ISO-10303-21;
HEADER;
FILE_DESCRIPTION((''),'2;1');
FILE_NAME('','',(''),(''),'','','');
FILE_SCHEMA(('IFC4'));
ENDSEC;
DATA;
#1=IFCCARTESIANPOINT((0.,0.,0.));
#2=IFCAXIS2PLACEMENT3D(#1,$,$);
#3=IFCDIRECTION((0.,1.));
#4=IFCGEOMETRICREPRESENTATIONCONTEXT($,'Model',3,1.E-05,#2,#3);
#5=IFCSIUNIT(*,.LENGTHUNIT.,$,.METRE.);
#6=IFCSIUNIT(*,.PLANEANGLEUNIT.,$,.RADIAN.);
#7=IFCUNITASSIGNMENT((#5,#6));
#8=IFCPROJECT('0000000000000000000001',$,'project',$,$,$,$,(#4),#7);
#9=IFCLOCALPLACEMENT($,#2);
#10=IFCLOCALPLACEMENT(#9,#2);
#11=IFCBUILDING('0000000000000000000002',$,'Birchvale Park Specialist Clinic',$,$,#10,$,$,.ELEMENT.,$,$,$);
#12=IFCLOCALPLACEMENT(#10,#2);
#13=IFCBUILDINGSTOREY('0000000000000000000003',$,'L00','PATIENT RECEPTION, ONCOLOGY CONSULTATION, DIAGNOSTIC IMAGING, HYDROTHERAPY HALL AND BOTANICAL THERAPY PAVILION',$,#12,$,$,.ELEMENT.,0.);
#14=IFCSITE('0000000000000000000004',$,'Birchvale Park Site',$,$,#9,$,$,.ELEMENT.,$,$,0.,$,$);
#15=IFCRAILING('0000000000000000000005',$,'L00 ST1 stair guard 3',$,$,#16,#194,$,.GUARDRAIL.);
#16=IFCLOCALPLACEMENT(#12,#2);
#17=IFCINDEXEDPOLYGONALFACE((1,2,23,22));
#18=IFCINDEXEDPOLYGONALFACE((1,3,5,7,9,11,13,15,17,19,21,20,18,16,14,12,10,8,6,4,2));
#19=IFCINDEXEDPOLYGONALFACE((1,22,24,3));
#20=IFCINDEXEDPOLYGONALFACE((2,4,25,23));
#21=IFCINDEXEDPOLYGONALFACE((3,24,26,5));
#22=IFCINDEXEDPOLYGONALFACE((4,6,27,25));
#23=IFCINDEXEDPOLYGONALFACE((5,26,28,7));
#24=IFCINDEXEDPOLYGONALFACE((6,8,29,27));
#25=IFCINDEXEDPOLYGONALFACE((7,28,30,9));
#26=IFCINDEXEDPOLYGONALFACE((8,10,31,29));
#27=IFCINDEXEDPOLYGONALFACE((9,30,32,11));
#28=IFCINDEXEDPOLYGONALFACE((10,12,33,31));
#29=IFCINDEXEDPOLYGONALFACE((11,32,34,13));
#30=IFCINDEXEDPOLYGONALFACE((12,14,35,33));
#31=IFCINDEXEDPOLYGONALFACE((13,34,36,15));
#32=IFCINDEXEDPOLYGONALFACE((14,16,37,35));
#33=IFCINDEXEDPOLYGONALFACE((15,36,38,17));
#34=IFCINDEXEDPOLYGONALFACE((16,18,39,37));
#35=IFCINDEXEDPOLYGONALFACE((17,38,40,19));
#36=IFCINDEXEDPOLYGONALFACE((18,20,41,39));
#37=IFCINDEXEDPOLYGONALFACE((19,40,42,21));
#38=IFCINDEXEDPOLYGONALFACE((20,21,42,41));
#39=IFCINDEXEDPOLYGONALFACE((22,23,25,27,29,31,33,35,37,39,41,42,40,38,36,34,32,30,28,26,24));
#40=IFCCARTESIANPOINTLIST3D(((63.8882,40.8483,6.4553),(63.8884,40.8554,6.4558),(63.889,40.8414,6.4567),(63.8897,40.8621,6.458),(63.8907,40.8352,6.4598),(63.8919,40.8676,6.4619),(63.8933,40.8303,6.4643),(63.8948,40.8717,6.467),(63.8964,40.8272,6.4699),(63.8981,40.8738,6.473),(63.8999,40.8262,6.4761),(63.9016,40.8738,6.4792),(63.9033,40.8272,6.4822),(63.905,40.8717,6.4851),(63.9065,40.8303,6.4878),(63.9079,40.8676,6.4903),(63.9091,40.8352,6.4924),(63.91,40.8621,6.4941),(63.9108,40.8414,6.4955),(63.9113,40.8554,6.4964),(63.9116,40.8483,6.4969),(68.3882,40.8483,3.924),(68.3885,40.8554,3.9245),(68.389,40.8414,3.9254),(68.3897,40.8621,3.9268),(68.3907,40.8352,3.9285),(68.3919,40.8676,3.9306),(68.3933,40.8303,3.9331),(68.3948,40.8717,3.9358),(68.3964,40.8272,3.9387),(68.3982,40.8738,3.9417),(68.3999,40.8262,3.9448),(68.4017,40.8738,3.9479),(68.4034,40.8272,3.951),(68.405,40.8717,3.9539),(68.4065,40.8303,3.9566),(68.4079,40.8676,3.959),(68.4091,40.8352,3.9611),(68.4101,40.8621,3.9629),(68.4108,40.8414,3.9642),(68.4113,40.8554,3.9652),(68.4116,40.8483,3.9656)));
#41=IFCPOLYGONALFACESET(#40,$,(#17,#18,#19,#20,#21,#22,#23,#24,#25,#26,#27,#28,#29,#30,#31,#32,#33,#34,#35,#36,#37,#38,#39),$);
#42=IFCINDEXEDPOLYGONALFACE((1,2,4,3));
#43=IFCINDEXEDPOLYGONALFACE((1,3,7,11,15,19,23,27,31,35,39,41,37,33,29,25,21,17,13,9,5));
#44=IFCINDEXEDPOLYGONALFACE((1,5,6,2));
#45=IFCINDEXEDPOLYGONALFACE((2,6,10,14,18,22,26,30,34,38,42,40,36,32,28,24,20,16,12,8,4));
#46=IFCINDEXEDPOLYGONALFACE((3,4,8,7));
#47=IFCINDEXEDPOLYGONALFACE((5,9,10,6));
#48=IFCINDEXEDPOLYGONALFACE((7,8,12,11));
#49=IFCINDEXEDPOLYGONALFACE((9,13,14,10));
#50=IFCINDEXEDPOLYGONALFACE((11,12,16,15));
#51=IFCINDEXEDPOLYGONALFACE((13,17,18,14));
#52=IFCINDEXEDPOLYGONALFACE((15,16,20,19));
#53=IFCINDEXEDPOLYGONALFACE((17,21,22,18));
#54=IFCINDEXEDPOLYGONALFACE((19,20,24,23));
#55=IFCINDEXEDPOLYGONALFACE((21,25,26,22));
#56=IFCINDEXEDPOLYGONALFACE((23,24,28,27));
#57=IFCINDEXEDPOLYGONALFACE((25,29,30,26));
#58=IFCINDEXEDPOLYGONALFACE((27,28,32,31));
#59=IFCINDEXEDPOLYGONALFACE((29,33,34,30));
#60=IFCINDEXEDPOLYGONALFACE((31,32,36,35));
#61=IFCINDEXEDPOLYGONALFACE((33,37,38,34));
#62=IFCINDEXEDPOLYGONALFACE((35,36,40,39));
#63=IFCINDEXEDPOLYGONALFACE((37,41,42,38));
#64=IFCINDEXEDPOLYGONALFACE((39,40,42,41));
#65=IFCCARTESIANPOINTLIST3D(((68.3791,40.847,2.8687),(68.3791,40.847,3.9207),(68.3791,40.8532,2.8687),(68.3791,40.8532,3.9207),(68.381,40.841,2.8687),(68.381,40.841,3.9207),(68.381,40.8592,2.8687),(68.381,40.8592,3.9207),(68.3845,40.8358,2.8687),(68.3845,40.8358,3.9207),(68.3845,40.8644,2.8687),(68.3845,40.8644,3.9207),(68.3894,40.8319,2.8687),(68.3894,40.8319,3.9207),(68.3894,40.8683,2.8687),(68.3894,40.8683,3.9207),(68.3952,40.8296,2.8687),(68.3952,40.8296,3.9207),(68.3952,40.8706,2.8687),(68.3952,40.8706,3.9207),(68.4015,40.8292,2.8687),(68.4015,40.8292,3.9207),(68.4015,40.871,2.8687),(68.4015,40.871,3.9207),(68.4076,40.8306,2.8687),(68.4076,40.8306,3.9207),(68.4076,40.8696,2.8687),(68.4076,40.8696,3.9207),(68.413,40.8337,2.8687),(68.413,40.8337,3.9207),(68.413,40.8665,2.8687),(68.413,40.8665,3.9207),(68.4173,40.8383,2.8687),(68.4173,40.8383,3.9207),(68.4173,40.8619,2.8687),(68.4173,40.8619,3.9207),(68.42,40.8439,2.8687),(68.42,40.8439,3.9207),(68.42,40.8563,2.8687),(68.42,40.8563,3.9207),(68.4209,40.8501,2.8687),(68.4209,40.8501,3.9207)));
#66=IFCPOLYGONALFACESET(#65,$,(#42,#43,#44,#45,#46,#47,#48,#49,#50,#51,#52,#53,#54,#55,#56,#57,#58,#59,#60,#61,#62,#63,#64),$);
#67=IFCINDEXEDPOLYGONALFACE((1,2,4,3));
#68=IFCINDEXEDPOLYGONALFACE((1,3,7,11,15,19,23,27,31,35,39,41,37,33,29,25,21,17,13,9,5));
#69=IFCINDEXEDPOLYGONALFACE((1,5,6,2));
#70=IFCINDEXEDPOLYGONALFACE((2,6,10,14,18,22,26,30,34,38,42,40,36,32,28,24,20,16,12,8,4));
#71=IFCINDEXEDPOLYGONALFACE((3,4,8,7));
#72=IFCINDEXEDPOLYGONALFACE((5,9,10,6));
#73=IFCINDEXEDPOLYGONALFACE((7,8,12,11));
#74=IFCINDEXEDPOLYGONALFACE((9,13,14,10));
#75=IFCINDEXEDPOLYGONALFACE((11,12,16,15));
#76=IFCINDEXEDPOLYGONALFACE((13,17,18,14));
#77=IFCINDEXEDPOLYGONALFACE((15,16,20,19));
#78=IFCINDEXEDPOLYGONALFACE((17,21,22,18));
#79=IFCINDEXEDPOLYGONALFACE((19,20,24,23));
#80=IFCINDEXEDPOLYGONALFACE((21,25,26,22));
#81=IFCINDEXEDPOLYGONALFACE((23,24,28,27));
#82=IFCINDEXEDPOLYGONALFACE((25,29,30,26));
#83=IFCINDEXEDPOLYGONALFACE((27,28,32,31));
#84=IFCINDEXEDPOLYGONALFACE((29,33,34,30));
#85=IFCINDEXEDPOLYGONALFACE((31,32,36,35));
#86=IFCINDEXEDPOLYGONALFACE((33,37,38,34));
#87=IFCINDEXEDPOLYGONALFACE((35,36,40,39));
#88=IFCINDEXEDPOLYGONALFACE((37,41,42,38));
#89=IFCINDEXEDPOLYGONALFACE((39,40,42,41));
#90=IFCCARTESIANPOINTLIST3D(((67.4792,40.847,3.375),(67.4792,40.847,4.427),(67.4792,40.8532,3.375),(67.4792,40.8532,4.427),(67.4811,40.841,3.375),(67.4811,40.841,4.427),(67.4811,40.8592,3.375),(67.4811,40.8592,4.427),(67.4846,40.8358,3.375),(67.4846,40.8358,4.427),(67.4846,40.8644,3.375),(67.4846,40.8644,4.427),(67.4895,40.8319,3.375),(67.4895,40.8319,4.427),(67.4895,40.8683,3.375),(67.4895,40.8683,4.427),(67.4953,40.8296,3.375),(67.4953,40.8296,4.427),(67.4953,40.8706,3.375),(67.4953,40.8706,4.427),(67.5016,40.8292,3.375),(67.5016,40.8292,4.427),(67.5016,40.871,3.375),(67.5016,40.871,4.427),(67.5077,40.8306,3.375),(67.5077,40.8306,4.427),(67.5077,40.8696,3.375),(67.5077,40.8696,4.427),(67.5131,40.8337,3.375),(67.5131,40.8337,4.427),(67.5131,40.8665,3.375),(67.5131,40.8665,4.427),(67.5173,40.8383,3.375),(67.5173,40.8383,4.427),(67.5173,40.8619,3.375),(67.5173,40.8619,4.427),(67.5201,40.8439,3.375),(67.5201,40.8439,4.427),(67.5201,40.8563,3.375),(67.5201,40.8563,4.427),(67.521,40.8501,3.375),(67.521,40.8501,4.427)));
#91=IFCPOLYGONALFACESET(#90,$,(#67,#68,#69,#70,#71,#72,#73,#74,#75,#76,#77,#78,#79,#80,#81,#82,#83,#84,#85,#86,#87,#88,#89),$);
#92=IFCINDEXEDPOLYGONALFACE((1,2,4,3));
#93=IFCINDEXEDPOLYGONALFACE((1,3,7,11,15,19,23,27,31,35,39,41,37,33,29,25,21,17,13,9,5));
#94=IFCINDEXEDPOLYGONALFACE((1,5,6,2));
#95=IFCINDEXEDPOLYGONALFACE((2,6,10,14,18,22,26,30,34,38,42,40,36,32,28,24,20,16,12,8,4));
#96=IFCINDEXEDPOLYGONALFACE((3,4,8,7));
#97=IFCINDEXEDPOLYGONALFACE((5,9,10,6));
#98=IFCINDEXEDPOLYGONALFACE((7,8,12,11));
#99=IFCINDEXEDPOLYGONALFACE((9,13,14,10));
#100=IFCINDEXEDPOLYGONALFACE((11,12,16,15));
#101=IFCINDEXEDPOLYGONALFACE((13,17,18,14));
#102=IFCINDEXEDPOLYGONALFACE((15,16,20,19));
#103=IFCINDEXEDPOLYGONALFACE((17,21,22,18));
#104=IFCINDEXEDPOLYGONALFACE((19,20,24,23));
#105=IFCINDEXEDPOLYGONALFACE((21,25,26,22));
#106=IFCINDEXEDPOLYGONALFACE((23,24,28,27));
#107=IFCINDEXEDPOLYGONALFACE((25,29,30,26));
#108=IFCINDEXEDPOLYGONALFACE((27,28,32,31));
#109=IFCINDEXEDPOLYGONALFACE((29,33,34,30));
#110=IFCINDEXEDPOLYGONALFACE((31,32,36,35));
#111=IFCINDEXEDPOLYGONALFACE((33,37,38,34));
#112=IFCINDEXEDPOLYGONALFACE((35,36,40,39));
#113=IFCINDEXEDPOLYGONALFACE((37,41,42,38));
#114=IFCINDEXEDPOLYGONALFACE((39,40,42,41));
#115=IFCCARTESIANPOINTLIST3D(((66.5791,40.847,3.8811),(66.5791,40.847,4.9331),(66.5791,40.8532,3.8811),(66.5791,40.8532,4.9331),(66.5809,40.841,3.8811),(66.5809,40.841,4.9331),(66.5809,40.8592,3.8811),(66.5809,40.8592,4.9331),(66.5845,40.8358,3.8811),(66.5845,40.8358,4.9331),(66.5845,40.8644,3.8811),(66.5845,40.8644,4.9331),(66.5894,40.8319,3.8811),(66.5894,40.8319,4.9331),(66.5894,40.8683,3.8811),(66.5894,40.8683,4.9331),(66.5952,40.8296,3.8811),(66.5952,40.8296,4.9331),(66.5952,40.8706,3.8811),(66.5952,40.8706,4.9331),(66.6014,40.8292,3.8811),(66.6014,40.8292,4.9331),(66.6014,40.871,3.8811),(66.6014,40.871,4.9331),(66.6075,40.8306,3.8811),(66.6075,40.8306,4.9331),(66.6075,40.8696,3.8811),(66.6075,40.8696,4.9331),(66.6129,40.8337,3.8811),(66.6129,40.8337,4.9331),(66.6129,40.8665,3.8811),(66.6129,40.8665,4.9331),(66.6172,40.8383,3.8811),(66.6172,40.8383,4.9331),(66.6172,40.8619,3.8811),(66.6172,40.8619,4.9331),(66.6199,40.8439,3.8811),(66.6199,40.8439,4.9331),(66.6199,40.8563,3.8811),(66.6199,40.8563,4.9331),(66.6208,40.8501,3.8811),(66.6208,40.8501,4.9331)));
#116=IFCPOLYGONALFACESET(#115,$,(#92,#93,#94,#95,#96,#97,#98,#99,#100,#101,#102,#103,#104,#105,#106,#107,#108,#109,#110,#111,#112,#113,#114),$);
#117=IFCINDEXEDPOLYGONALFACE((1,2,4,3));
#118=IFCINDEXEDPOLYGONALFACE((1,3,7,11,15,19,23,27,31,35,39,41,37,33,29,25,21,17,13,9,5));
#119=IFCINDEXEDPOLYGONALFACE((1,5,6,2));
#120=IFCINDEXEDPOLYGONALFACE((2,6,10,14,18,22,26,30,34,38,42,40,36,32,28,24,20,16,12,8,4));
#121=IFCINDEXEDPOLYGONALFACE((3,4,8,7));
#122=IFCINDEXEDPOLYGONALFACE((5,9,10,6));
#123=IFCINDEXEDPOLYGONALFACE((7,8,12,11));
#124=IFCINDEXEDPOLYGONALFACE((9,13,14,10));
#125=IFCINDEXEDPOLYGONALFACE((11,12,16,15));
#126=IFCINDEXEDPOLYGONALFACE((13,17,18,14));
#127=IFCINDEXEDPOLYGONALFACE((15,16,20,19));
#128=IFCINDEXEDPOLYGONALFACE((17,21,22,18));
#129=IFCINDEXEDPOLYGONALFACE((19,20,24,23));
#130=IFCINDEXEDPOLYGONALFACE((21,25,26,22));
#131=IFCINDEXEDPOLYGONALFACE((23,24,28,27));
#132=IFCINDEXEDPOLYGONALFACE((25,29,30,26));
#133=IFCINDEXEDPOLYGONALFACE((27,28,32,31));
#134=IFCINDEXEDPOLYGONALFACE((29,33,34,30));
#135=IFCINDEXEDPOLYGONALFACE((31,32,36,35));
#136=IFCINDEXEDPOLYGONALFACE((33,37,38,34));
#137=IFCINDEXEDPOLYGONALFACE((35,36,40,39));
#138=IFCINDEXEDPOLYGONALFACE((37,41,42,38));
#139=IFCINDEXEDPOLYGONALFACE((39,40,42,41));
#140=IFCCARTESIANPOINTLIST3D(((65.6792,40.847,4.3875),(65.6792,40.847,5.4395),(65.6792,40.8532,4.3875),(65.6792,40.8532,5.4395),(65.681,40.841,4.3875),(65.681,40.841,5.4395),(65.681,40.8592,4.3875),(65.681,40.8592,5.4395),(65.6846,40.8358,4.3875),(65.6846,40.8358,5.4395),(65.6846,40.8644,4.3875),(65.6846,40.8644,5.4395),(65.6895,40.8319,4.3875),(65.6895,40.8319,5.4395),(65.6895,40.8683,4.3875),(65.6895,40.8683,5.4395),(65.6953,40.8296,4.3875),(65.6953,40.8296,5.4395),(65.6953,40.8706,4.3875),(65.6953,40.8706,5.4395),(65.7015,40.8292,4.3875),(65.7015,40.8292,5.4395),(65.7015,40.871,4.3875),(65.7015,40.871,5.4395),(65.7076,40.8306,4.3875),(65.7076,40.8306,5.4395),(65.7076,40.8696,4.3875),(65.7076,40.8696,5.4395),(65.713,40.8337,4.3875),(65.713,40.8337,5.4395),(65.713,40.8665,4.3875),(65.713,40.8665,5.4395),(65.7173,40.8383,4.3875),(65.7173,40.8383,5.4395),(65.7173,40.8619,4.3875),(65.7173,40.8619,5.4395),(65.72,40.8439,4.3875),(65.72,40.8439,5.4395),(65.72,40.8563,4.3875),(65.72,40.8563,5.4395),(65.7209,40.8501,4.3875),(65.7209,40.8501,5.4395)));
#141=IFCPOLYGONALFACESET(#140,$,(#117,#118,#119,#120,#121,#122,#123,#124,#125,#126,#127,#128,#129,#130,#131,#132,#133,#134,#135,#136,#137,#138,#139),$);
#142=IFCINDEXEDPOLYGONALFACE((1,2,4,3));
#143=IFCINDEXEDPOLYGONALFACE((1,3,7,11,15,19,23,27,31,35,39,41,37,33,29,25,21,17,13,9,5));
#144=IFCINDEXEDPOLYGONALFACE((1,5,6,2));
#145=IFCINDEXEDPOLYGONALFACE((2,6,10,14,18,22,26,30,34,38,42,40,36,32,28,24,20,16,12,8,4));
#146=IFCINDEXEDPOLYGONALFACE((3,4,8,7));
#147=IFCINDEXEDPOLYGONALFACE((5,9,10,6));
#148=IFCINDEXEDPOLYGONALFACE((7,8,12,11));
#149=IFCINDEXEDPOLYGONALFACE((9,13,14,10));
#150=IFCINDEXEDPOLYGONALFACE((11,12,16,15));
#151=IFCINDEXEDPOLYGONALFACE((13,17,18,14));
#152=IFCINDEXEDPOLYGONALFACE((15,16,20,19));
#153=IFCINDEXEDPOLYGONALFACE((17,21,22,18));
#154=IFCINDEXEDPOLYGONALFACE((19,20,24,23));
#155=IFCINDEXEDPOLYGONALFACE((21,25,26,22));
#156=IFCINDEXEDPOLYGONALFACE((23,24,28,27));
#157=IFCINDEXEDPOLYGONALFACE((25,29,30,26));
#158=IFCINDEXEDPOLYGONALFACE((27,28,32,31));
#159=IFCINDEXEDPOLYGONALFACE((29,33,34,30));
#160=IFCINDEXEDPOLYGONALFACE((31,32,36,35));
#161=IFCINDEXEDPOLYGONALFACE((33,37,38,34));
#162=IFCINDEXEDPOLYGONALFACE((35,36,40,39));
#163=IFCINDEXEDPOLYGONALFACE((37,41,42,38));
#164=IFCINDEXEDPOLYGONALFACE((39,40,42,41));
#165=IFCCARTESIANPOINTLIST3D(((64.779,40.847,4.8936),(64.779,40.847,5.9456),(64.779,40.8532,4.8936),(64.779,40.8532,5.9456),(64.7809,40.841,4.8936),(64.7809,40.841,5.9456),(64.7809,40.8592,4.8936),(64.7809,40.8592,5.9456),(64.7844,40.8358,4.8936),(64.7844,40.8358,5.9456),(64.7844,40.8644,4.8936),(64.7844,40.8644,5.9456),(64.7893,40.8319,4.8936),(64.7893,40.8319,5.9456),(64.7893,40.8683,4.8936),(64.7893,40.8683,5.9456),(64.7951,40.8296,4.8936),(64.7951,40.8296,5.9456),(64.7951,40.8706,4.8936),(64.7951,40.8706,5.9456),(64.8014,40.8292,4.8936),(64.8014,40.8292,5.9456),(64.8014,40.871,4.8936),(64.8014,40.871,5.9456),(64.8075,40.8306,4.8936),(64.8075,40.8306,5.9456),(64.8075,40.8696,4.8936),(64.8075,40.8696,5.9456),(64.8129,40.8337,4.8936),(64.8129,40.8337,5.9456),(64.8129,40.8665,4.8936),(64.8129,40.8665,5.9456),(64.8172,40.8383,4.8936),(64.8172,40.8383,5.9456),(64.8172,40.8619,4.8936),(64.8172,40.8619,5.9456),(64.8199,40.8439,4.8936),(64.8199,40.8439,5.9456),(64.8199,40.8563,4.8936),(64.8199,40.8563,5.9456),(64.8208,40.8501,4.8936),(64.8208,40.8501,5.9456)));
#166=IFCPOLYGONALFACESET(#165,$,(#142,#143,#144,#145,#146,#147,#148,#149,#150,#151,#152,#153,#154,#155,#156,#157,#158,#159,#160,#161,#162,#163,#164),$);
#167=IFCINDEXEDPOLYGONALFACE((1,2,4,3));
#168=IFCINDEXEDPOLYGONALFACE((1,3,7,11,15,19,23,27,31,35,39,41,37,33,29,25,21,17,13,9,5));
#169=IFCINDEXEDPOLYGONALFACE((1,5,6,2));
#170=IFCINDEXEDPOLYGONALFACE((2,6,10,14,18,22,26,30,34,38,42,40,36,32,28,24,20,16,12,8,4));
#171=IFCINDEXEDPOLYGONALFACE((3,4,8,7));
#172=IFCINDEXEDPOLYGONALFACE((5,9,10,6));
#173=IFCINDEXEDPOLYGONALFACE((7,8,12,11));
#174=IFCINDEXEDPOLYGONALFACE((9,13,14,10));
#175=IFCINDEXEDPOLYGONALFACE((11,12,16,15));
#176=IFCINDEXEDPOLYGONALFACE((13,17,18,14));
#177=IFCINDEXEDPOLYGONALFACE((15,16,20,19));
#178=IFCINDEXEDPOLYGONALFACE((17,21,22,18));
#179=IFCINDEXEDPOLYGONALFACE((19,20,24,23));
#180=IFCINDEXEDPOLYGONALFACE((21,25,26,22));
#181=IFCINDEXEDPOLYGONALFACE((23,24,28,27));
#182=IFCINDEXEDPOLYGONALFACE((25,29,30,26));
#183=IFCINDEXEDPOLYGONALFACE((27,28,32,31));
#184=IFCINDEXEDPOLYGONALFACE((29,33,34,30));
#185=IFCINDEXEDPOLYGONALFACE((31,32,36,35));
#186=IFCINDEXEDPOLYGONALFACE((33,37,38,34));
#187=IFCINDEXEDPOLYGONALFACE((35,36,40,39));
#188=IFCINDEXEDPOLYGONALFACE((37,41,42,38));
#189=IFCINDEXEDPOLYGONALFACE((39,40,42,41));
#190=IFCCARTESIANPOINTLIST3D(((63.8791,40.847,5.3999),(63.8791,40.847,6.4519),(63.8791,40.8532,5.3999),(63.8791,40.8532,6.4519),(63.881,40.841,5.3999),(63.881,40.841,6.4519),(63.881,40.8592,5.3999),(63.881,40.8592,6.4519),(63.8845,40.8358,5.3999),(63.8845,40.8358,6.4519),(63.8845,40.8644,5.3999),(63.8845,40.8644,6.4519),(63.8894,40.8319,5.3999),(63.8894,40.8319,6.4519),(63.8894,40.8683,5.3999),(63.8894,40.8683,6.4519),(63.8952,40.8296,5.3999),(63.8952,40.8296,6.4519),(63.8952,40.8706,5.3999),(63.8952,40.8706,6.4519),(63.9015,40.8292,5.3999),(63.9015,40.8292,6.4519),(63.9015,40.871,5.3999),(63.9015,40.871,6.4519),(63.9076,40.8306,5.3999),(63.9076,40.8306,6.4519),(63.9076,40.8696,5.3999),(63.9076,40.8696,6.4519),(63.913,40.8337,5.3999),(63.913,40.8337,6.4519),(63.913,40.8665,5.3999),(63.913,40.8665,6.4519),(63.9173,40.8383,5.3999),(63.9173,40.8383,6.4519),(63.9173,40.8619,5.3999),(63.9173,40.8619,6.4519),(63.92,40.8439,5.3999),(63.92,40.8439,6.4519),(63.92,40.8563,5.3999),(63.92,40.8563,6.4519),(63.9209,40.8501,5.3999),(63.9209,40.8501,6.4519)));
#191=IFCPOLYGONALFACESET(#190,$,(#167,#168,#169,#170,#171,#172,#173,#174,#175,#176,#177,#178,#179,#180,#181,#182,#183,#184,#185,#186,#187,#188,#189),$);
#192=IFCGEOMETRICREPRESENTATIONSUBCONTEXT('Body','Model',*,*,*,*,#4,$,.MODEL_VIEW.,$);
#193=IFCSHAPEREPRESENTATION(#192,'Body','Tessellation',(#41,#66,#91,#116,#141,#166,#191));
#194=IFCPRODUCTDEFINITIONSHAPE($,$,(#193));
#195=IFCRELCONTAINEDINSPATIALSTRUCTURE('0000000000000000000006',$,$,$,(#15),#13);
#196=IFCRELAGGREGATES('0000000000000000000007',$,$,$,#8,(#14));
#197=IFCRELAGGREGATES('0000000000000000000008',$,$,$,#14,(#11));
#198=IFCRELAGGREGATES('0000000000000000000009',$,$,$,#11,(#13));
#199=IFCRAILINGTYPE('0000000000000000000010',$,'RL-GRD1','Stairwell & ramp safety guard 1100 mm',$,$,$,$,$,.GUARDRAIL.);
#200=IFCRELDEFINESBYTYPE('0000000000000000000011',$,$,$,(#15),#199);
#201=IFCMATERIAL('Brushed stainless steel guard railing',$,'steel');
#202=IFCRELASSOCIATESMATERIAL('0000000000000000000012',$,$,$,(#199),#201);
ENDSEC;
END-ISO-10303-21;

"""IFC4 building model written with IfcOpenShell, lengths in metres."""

from ifc_helpers import new_model, si_unit, direction, frame, origin, origin_2d, place, context, subcontext, project, spatial, circle, extrude, material, type_object, element, save


model = new_model("IFC4")

# Units and contexts
model_context = context("Model", 3, precision=1e-05, world=origin(), true_north=direction((0.0, 1.0)))
body_context = subcontext(model_context, "Body", "Model", "MODEL_VIEW")
ifc_project = project(units=[si_unit("LENGTHUNIT", "METRE"), si_unit("PLANEANGLEUNIT", "RADIAN")], contexts=[model_context])

# Site, building, storey
site_placement = place(None, origin())
site = spatial("IfcSite", under=ifc_project, at=site_placement, Name="Birchvale Park Site", CompositionType="ELEMENT", RefElevation=0.0)
building_placement = place(site_placement, origin())
building = spatial("IfcBuilding", under=site, at=building_placement, Name="Birchvale Park Specialist Clinic", CompositionType="ELEMENT")
storey_placement = place(building_placement, origin())
storey = spatial("IfcBuildingStorey", under=building, at=storey_placement, Name="L00", Description="PATIENT RECEPTION, ONCOLOGY CONSULTATION, DIAGNOSTIC IMAGING, HYDROTHERAPY HALL AND BOTANICAL THERAPY PAVILION", CompositionType="ELEMENT", Elevation=0.0)

# Railing
ifc_material_1 = material(Name="Brushed stainless steel guard railing", Category="steel")
railing_type_1 = type_object("IfcRailingType", Name="RL-GRD1", Description="Stairwell & ramp safety guard 1100 mm", PredefinedType="GUARDRAIL", material=ifc_material_1)
railing_1_placement = place(storey_placement, frame((68.3999, 40.8501, 2.8687)))
element("IfcRailing", 1, at=railing_1_placement, inside=storey, type_object=railing_type_1, Name="L00 ST1 stair guard 3", PredefinedType="GUARDRAIL", context=body_context, shape_type="SweptSolid", body=[
    extrude(circle(Radius=0.0239, at=origin_2d()), frame((0.0, 0.0, 1.0762), z_axis=(-0.871576, 0.0, 0.490261), x_axis=(0.0, -1.0, 0.0)), (0.0, 0.0, 1.0), 5.1631),
    extrude(circle(Radius=0.021, at=origin_2d()), origin(), (0.0, 0.0, 1.0), 1.052),
    extrude(circle(Radius=0.021, at=origin_2d()), frame((-0.8999, 0.0, 0.5063)), (0.0, 0.0, 1.0), 1.052),
    extrude(circle(Radius=0.021, at=origin_2d()), frame((-1.8, 0.0, 1.0125)), (0.0, 0.0, 1.0), 1.052),
    extrude(circle(Radius=0.021, at=origin_2d()), frame((-2.7, 0.0, 1.5188)), (0.0, 0.0, 1.0), 1.052),
    extrude(circle(Radius=0.021, at=origin_2d()), frame((-3.6001, 0.0, 2.0249)), (0.0, 0.0, 1.0), 1.052),
    extrude(circle(Radius=0.021, at=origin_2d()), frame((-4.5, 0.0, 2.5312)), (0.0, 0.0, 1.0), 1.052),
])

save(model, "model.ifc")
